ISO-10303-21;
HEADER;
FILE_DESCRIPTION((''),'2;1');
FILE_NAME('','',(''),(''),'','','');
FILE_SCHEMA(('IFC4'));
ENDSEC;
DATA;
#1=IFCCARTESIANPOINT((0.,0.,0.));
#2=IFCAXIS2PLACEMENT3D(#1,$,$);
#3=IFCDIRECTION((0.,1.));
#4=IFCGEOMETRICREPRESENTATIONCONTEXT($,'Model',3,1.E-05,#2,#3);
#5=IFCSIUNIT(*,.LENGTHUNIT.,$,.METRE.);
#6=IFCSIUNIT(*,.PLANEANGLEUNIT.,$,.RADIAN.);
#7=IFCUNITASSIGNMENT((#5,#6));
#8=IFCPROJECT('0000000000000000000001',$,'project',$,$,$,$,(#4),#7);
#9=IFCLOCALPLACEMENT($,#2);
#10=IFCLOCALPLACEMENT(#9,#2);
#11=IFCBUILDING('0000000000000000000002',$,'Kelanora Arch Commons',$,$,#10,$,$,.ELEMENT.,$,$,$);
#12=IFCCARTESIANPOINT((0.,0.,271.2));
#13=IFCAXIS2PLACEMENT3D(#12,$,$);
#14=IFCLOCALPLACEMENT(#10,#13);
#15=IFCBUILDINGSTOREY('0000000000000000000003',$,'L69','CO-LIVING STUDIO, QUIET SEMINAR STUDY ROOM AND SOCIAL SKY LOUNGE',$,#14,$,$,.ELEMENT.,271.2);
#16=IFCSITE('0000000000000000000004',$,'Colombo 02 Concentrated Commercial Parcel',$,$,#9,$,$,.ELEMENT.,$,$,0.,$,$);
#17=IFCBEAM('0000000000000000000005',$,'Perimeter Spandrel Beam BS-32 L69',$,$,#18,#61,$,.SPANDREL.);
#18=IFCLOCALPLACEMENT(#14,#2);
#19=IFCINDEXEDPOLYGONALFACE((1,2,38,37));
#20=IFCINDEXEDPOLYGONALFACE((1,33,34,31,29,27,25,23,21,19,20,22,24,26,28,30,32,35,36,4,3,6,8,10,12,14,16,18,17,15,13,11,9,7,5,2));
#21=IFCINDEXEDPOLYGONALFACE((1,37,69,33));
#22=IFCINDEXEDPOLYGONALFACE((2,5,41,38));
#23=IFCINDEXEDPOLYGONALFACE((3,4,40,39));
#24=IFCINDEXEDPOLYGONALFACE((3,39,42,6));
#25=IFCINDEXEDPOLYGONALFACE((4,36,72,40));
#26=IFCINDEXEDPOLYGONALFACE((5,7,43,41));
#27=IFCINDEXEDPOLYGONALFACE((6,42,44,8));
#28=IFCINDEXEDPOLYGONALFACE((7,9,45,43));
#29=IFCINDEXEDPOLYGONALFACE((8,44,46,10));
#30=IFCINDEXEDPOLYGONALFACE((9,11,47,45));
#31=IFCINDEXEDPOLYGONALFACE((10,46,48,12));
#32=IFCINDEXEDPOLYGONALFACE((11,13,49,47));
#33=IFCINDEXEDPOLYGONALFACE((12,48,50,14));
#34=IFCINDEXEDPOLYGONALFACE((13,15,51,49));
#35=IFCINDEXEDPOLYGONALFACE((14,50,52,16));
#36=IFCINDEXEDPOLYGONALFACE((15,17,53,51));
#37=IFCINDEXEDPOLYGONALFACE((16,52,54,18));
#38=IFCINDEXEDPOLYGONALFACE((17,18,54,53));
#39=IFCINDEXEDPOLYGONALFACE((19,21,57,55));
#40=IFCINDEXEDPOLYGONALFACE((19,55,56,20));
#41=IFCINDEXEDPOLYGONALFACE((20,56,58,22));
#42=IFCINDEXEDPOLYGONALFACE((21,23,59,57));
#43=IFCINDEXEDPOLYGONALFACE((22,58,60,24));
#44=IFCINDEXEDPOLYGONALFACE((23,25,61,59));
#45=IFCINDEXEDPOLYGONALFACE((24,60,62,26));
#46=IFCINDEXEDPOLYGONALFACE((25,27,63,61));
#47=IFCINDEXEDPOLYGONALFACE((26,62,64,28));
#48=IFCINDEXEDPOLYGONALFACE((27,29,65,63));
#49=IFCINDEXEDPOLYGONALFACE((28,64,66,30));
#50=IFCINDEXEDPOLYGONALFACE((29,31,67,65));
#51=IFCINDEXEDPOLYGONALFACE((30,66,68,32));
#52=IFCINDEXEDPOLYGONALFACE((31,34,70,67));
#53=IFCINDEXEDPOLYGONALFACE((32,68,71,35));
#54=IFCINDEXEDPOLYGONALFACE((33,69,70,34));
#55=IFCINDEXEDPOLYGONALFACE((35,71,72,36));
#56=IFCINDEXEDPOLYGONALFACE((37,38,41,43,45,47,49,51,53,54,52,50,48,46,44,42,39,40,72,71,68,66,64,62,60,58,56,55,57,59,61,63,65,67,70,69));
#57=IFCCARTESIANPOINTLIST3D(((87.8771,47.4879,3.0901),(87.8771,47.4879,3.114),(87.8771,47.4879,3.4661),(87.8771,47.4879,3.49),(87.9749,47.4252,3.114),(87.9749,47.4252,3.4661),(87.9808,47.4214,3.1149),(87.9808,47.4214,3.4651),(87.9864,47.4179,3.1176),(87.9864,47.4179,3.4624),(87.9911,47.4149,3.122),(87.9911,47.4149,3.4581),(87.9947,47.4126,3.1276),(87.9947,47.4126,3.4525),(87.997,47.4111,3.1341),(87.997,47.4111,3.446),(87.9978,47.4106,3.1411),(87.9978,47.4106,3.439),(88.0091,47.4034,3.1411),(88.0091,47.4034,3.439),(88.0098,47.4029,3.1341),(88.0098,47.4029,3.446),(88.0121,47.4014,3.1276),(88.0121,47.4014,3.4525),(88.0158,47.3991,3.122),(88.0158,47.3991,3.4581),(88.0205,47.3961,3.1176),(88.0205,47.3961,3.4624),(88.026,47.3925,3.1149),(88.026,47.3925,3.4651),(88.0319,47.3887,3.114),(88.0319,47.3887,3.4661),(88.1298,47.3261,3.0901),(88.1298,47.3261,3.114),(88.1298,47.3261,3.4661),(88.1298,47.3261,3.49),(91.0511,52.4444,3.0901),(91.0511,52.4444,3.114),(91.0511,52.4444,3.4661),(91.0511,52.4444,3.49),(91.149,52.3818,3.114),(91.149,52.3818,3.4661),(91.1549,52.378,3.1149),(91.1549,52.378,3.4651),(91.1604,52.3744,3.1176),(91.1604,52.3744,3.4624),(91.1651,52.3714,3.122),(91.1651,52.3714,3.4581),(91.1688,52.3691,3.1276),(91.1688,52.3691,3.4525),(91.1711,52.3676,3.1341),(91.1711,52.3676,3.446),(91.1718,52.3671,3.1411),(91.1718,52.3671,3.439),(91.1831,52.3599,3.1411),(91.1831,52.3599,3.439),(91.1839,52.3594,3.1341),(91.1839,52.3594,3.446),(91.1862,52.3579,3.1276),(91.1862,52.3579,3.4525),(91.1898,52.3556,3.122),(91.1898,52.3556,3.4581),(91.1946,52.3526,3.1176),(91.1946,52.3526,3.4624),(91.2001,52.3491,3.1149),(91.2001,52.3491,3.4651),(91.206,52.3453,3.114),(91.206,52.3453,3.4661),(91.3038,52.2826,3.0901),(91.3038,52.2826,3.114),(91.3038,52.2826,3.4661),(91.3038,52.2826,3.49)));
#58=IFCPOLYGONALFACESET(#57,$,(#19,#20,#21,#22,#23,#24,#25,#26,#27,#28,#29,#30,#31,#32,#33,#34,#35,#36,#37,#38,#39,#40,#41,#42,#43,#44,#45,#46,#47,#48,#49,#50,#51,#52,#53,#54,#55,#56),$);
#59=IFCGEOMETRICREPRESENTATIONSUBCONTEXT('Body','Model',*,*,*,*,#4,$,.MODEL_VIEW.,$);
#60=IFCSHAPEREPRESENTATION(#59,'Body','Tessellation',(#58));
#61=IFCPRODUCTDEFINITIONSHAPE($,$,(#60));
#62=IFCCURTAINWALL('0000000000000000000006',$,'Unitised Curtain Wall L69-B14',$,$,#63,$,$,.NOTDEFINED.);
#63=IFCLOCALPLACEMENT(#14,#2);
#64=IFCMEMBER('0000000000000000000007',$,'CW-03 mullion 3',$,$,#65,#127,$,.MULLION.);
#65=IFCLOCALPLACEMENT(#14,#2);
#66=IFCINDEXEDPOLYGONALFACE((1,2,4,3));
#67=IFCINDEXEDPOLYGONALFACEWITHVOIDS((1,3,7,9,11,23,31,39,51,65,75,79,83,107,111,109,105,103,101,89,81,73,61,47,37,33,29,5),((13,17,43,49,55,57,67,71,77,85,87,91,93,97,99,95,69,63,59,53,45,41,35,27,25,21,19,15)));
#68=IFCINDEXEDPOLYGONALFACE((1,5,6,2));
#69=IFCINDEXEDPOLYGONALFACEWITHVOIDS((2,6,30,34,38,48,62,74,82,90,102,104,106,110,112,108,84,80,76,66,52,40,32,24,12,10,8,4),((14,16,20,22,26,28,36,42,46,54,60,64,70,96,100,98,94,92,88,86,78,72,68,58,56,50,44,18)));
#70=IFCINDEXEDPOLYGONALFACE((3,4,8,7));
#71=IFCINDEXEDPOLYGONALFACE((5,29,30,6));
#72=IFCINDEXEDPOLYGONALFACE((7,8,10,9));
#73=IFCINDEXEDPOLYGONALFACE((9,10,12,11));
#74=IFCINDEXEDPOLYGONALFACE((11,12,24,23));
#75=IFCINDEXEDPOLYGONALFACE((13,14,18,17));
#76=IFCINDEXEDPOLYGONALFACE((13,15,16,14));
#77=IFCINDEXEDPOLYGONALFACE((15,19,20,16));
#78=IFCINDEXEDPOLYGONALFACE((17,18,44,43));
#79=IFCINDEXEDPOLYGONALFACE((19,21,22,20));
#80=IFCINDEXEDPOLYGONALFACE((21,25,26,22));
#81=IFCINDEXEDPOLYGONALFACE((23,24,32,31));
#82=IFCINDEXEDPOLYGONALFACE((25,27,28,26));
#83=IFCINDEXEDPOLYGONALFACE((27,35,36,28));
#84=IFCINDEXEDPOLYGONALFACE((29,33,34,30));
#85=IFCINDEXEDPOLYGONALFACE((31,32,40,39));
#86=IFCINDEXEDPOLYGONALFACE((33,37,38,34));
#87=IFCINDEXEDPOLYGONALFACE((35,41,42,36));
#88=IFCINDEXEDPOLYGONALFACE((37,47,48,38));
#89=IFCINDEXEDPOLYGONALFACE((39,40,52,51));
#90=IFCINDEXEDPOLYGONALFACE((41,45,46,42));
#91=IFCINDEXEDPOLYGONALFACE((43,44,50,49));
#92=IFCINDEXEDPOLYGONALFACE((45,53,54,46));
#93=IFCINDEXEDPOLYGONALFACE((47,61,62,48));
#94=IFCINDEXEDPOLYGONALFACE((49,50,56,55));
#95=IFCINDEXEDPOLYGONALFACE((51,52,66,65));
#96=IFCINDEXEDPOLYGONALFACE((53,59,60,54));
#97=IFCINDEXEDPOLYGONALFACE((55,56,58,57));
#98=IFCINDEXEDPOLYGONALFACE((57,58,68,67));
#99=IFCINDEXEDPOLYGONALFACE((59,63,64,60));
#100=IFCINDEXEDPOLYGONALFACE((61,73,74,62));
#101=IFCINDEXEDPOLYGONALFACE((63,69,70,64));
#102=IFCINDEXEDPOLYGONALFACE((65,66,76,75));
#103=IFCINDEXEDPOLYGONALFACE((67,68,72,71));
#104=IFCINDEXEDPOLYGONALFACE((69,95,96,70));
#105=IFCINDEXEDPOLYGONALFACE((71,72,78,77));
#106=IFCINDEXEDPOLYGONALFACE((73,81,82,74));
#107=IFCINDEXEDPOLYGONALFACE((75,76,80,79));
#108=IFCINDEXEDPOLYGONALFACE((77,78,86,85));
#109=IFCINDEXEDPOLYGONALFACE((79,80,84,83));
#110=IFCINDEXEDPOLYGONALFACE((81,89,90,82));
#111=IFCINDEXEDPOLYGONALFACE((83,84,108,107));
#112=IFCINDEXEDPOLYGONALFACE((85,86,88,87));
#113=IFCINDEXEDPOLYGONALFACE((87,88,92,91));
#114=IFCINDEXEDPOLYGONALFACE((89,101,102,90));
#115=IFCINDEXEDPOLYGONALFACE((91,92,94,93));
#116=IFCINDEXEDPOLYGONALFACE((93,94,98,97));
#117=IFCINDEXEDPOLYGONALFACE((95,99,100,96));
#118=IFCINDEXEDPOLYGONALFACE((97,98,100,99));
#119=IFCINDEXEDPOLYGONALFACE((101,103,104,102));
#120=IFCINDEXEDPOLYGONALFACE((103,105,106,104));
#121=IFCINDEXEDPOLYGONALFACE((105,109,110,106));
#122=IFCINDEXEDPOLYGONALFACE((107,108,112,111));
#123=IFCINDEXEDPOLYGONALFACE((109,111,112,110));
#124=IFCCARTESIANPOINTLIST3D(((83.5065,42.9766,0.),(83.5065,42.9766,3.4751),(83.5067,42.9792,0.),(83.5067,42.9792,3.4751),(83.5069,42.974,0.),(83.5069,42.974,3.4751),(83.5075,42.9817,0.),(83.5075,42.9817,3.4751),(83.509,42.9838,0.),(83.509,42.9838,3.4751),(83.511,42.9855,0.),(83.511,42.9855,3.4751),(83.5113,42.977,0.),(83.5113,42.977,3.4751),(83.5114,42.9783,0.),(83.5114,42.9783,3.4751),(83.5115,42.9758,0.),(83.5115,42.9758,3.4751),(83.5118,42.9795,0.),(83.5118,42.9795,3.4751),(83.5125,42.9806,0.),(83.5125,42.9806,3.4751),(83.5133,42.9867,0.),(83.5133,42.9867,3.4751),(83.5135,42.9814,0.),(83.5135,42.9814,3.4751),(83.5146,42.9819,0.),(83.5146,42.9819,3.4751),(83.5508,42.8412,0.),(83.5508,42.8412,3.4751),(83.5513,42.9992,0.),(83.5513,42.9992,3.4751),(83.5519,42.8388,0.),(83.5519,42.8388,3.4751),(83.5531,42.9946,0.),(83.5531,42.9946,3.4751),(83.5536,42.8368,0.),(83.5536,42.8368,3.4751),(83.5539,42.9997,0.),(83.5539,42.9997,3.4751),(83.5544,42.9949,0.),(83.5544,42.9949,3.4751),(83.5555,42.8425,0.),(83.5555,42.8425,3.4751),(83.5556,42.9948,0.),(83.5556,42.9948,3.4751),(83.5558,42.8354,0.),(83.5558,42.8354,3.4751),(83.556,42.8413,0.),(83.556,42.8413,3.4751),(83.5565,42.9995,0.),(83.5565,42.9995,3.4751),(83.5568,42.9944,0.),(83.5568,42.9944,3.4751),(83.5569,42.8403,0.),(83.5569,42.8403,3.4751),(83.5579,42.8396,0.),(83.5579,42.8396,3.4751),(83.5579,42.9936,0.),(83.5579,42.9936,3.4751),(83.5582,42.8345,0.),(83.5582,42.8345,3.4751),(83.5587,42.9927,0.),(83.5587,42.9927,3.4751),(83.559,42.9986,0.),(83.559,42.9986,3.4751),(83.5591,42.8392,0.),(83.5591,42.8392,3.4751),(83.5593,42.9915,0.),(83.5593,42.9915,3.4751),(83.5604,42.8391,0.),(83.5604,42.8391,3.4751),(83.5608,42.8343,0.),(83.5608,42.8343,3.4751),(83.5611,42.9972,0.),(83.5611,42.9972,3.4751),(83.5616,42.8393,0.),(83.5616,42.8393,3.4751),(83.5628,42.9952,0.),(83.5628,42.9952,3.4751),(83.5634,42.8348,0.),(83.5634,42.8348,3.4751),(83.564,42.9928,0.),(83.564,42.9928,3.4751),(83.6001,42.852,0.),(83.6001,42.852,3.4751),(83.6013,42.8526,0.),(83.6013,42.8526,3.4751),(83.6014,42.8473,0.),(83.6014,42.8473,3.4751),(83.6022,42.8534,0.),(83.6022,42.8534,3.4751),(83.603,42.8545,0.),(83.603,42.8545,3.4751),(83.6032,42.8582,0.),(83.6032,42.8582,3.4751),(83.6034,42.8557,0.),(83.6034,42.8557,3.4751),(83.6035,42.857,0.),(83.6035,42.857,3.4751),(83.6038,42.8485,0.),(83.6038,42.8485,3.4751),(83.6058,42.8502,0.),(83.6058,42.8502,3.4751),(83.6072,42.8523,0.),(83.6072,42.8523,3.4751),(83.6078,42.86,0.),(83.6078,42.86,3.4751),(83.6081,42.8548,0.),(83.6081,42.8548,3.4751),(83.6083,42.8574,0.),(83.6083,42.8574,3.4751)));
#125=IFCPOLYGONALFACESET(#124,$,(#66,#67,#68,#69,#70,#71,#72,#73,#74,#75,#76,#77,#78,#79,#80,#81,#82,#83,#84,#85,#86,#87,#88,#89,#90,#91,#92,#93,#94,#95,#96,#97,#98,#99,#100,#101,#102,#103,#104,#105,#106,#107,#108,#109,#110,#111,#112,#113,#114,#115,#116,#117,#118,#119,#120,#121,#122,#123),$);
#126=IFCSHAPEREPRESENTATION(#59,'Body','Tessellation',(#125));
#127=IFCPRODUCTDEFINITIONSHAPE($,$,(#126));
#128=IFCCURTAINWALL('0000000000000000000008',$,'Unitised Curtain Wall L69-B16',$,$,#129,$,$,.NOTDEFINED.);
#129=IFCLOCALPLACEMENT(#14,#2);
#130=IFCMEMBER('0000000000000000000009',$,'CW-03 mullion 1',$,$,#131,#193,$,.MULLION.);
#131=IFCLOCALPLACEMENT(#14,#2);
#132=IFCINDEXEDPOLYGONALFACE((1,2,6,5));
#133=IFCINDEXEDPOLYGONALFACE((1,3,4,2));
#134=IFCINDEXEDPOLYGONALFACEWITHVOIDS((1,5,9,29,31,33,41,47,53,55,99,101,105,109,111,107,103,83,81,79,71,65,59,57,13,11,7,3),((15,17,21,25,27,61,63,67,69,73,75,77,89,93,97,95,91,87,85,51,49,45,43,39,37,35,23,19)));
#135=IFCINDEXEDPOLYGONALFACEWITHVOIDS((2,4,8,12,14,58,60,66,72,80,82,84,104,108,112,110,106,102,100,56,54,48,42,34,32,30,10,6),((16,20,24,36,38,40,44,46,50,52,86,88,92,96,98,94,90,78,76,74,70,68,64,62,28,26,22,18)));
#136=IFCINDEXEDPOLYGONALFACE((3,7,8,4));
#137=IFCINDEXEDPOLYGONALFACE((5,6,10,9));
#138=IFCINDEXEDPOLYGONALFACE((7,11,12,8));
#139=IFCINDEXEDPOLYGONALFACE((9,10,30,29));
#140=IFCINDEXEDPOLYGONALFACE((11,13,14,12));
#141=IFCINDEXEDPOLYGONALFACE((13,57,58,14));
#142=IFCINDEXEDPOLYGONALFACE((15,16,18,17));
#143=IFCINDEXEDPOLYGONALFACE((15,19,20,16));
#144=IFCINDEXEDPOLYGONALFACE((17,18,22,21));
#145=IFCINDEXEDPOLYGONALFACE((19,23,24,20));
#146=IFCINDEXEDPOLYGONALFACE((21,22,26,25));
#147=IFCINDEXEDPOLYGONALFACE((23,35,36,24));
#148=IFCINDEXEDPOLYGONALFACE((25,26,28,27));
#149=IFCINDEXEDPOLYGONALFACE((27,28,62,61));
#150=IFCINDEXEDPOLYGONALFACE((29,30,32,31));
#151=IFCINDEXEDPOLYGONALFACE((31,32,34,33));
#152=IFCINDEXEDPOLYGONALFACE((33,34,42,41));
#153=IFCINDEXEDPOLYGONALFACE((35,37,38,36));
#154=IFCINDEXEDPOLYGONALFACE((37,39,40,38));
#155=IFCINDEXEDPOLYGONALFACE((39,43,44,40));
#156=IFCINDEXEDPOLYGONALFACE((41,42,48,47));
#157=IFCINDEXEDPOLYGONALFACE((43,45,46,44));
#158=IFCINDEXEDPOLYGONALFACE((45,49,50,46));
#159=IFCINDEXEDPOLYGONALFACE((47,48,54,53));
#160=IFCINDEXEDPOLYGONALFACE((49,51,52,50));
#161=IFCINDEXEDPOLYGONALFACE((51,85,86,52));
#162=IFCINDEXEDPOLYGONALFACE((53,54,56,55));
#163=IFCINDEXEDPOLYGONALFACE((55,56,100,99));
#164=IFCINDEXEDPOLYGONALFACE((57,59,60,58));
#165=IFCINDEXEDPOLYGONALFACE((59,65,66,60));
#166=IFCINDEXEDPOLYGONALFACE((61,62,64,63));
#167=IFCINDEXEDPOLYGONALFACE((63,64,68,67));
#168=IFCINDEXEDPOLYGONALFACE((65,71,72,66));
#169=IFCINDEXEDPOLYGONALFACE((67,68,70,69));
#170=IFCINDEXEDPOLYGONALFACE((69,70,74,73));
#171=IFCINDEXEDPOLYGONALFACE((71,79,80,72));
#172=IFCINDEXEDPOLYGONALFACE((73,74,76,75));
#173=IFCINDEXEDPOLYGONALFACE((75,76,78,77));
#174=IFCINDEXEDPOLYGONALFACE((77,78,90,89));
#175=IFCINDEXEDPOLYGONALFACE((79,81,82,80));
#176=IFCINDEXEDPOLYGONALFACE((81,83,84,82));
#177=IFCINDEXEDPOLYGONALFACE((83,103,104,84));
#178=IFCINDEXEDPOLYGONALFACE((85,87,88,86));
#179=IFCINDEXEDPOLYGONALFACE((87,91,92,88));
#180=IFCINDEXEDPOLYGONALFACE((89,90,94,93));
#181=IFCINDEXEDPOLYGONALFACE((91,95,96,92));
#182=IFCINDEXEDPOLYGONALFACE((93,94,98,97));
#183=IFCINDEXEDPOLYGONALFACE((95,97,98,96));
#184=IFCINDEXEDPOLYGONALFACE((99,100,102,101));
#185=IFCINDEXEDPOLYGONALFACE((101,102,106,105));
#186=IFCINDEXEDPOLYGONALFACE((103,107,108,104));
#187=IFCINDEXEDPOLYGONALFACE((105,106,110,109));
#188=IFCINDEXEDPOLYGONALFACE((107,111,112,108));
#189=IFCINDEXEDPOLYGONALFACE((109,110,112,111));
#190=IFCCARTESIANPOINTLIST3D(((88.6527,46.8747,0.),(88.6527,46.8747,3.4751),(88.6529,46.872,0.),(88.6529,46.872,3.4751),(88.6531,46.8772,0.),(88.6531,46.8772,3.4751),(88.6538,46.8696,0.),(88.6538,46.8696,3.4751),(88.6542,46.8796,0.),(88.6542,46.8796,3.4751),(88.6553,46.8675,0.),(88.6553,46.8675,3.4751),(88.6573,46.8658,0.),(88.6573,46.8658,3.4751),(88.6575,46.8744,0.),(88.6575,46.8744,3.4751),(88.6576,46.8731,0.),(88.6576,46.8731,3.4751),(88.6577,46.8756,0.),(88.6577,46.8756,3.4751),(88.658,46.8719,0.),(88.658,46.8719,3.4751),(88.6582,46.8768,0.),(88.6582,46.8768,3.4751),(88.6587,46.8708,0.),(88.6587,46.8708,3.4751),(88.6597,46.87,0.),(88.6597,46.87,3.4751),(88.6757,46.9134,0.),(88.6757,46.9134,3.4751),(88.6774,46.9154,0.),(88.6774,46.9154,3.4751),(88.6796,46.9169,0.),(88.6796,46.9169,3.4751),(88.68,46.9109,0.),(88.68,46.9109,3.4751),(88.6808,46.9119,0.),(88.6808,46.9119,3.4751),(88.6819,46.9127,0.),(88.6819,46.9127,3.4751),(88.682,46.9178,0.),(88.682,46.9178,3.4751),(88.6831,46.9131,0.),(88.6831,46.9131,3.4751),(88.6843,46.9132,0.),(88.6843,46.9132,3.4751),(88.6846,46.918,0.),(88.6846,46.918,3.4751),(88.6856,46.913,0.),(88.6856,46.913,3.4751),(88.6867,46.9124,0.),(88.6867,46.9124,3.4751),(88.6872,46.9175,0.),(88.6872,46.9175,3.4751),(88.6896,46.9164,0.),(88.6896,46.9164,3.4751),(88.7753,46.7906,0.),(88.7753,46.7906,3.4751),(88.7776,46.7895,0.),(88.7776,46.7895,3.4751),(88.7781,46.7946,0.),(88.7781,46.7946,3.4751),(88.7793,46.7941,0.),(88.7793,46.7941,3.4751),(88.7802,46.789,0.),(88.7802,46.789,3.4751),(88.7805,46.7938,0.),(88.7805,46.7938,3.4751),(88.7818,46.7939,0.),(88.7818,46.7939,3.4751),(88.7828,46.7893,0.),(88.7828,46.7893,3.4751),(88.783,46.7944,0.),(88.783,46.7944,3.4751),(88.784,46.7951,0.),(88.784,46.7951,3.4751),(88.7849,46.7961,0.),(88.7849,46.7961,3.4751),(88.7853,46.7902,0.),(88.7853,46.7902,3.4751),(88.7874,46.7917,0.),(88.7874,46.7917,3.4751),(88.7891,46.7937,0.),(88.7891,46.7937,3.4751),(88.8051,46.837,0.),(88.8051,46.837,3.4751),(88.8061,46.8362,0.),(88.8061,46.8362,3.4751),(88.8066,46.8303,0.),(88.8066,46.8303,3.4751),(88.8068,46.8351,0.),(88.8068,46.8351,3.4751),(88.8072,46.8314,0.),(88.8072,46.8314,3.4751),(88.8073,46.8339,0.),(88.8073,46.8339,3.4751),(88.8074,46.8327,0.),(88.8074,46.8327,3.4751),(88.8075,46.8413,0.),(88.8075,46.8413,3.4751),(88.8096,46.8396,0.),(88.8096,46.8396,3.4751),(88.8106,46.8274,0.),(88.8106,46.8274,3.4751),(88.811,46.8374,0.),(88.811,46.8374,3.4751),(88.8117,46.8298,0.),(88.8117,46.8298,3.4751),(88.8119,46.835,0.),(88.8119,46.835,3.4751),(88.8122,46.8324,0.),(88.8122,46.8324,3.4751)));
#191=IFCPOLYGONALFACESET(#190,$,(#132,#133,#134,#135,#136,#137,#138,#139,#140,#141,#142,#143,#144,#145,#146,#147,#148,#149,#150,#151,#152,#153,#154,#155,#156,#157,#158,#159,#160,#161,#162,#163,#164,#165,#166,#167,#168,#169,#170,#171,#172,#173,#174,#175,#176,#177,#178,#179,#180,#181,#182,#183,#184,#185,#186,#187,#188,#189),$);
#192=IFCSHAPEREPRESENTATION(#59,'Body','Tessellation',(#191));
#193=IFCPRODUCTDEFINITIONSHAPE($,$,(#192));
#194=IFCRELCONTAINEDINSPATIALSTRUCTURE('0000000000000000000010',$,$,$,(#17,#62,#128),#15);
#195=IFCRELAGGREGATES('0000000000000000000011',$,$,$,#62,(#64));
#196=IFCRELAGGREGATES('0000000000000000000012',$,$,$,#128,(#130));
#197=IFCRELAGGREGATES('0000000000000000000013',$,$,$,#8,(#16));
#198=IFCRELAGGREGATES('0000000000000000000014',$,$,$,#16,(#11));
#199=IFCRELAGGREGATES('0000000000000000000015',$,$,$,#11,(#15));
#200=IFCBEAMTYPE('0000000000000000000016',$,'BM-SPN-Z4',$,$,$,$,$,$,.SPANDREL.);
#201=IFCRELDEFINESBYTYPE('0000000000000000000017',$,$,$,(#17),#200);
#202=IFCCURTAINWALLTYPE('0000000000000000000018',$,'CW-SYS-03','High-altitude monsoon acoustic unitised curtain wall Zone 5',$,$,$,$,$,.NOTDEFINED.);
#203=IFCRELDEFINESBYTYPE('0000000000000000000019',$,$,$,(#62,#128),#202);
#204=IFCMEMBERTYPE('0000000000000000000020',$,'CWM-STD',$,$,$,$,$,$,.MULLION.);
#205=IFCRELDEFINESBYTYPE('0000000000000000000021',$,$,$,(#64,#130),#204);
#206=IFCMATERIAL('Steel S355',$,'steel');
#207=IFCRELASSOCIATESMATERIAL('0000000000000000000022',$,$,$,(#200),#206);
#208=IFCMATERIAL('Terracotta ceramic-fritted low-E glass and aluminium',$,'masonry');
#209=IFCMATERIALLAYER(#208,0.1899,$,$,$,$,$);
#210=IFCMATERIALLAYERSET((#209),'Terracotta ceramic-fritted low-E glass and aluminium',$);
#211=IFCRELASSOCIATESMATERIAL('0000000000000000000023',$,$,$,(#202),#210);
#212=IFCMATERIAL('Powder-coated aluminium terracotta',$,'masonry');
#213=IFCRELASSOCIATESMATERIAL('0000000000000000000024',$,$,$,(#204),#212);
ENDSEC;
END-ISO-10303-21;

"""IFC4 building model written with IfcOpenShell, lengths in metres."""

from ifc_helpers import new_model, si_unit, direction, frame, origin, origin_2d, place, context, subcontext, project, spatial, hollow_rectangle, i_section, extrude, material, layer, layer_set, material_profile, profile_set, type_object, element, aggregate, save


model = new_model("IFC4")

# Units and contexts
model_context = context("Model", 3, precision=1e-05, world=origin(), true_north=direction((0.0, 1.0)))
body_context = subcontext(model_context, "Body", "Model", "MODEL_VIEW")
ifc_project = project(units=[si_unit("LENGTHUNIT", "METRE"), si_unit("PLANEANGLEUNIT", "RADIAN")], contexts=[model_context])

# Site, building, storey
site_placement = place(None, origin())
site = spatial("IfcSite", under=ifc_project, at=site_placement, Name="Colombo 02 Concentrated Commercial Parcel", CompositionType="ELEMENT", RefElevation=0.0)
building_placement = place(site_placement, origin())
building = spatial("IfcBuilding", under=site, at=building_placement, Name="Kelanora Arch Commons", CompositionType="ELEMENT")
storey_placement = place(building_placement, frame((0.0, 0.0, 271.2)))
storey = spatial("IfcBuildingStorey", under=building, at=storey_placement, Name="L69", Description="CO-LIVING STUDIO, QUIET SEMINAR STUDY ROOM AND SOCIAL SKY LOUNGE", CompositionType="ELEMENT", Elevation=271.2)

# Beam
ifc_material_1 = material(Name="Steel S355", Category="steel")
ifc_material_profile_1 = material_profile(ifc_material_1, i_section(OverallWidth=0.3, OverallDepth=0.3999, WebThickness=0.0134, FlangeThickness=0.0239, FilletRadius=0.0271, at=origin_2d()), Name="HEB400")
ifc_profile_set_1 = profile_set([ifc_material_profile_1], Name="Steel S355")
beam_type_1 = type_object("IfcBeamType", Name="BM-SPN-Z4", PredefinedType="SPANDREL", material=ifc_profile_set_1)
beam_1_placement = place(storey_placement, frame((88.0034, 47.407, 3.29), z_axis=(0.539281, 0.842126, 0.0), x_axis=(-0.842126, 0.539281, 0.0)))
element("IfcBeam", 1, at=beam_1_placement, inside=storey, type_object=beam_type_1, Name="Perimeter Spandrel Beam BS-32 L69", PredefinedType="SPANDREL", context=body_context, shape_type="SweptSolid", body=[
    extrude(i_section(OverallWidth=0.3, OverallDepth=0.3999, WebThickness=0.0134, FlangeThickness=0.0239, FilletRadius=0.0271, at=origin_2d()), origin(), (0.0, 0.0, 1.0), 5.8857),
])

# Curtain wall, member
ifc_material_2 = material(Name="Terracotta ceramic-fritted low-E glass and aluminium", Category="masonry")
ifc_layer_1 = layer(ifc_material_2, 0.1899)
ifc_layer_set_1 = layer_set([ifc_layer_1], Name="Terracotta ceramic-fritted low-E glass and aluminium")
curtain_wall_type = type_object("IfcCurtainWallType", Name="CW-SYS-03", Description="High-altitude monsoon acoustic unitised curtain wall Zone 5", PredefinedType="NOTDEFINED", material=ifc_layer_set_1)
curtain_wall_1_placement = place(storey_placement, origin())
curtain_wall_1 = element("IfcCurtainWall", 2, at=curtain_wall_1_placement, inside=storey, type_object=curtain_wall_type, Name="Unitised Curtain Wall L69-B14", PredefinedType="NOTDEFINED")
ifc_material_3 = material(Name="Powder-coated aluminium terracotta", Category="masonry")
ifc_material_profile_2 = material_profile(ifc_material_3, hollow_rectangle(XDim=0.1599, YDim=0.0601, WallThickness=0.0049, InnerFilletRadius=0.0049, OuterFilletRadius=0.01, at=origin_2d()), Name="CWM160x60")
ifc_profile_set_2 = profile_set([ifc_material_profile_2], Name="Powder-coated aluminium terracotta")
member_type_1 = type_object("IfcMemberType", Name="CWM-STD", PredefinedType="MULLION", material=ifc_profile_set_2)
member_1_placement = place(storey_placement, frame((83.5574, 42.917, 0.0), z_axis=(0.0, 0.0, 1.0), x_axis=(-0.313253, 0.94967, 0.0)))
member_1 = element("IfcMember", 3, at=member_1_placement, type_object=member_type_1, Name="CW-03 mullion 3", PredefinedType="MULLION", context=body_context, shape_type="SweptSolid", body=[
    extrude(hollow_rectangle(XDim=0.1599, YDim=0.0601, WallThickness=0.0049, InnerFilletRadius=0.0049, OuterFilletRadius=0.01, at=origin_2d()), origin(), (0.0, 0.0, 1.0), 3.4751),
])

# Curtain wall, member
curtain_wall_2_placement = place(storey_placement, origin())
curtain_wall_2 = element("IfcCurtainWall", 4, at=curtain_wall_2_placement, inside=storey, type_object=curtain_wall_type, Name="Unitised Curtain Wall L69-B16", PredefinedType="NOTDEFINED")
member_2_placement = place(storey_placement, frame((88.7324, 46.8535, 0.0), z_axis=(0.0, 0.0, 1.0), x_axis=(-0.843391, 0.5373, 0.0)))
member_2 = element("IfcMember", 5, at=member_2_placement, type_object=member_type_1, Name="CW-03 mullion 1", PredefinedType="MULLION", context=body_context, shape_type="SweptSolid", body=[
    extrude(hollow_rectangle(XDim=0.1599, YDim=0.0601, WallThickness=0.0049, InnerFilletRadius=0.0049, OuterFilletRadius=0.01, at=origin_2d()), origin(), (0.0, 0.0, 1.0), 3.4751),
])

aggregate(curtain_wall_1, [member_1])
aggregate(curtain_wall_2, [member_2])

save(model, "model.ifc")
